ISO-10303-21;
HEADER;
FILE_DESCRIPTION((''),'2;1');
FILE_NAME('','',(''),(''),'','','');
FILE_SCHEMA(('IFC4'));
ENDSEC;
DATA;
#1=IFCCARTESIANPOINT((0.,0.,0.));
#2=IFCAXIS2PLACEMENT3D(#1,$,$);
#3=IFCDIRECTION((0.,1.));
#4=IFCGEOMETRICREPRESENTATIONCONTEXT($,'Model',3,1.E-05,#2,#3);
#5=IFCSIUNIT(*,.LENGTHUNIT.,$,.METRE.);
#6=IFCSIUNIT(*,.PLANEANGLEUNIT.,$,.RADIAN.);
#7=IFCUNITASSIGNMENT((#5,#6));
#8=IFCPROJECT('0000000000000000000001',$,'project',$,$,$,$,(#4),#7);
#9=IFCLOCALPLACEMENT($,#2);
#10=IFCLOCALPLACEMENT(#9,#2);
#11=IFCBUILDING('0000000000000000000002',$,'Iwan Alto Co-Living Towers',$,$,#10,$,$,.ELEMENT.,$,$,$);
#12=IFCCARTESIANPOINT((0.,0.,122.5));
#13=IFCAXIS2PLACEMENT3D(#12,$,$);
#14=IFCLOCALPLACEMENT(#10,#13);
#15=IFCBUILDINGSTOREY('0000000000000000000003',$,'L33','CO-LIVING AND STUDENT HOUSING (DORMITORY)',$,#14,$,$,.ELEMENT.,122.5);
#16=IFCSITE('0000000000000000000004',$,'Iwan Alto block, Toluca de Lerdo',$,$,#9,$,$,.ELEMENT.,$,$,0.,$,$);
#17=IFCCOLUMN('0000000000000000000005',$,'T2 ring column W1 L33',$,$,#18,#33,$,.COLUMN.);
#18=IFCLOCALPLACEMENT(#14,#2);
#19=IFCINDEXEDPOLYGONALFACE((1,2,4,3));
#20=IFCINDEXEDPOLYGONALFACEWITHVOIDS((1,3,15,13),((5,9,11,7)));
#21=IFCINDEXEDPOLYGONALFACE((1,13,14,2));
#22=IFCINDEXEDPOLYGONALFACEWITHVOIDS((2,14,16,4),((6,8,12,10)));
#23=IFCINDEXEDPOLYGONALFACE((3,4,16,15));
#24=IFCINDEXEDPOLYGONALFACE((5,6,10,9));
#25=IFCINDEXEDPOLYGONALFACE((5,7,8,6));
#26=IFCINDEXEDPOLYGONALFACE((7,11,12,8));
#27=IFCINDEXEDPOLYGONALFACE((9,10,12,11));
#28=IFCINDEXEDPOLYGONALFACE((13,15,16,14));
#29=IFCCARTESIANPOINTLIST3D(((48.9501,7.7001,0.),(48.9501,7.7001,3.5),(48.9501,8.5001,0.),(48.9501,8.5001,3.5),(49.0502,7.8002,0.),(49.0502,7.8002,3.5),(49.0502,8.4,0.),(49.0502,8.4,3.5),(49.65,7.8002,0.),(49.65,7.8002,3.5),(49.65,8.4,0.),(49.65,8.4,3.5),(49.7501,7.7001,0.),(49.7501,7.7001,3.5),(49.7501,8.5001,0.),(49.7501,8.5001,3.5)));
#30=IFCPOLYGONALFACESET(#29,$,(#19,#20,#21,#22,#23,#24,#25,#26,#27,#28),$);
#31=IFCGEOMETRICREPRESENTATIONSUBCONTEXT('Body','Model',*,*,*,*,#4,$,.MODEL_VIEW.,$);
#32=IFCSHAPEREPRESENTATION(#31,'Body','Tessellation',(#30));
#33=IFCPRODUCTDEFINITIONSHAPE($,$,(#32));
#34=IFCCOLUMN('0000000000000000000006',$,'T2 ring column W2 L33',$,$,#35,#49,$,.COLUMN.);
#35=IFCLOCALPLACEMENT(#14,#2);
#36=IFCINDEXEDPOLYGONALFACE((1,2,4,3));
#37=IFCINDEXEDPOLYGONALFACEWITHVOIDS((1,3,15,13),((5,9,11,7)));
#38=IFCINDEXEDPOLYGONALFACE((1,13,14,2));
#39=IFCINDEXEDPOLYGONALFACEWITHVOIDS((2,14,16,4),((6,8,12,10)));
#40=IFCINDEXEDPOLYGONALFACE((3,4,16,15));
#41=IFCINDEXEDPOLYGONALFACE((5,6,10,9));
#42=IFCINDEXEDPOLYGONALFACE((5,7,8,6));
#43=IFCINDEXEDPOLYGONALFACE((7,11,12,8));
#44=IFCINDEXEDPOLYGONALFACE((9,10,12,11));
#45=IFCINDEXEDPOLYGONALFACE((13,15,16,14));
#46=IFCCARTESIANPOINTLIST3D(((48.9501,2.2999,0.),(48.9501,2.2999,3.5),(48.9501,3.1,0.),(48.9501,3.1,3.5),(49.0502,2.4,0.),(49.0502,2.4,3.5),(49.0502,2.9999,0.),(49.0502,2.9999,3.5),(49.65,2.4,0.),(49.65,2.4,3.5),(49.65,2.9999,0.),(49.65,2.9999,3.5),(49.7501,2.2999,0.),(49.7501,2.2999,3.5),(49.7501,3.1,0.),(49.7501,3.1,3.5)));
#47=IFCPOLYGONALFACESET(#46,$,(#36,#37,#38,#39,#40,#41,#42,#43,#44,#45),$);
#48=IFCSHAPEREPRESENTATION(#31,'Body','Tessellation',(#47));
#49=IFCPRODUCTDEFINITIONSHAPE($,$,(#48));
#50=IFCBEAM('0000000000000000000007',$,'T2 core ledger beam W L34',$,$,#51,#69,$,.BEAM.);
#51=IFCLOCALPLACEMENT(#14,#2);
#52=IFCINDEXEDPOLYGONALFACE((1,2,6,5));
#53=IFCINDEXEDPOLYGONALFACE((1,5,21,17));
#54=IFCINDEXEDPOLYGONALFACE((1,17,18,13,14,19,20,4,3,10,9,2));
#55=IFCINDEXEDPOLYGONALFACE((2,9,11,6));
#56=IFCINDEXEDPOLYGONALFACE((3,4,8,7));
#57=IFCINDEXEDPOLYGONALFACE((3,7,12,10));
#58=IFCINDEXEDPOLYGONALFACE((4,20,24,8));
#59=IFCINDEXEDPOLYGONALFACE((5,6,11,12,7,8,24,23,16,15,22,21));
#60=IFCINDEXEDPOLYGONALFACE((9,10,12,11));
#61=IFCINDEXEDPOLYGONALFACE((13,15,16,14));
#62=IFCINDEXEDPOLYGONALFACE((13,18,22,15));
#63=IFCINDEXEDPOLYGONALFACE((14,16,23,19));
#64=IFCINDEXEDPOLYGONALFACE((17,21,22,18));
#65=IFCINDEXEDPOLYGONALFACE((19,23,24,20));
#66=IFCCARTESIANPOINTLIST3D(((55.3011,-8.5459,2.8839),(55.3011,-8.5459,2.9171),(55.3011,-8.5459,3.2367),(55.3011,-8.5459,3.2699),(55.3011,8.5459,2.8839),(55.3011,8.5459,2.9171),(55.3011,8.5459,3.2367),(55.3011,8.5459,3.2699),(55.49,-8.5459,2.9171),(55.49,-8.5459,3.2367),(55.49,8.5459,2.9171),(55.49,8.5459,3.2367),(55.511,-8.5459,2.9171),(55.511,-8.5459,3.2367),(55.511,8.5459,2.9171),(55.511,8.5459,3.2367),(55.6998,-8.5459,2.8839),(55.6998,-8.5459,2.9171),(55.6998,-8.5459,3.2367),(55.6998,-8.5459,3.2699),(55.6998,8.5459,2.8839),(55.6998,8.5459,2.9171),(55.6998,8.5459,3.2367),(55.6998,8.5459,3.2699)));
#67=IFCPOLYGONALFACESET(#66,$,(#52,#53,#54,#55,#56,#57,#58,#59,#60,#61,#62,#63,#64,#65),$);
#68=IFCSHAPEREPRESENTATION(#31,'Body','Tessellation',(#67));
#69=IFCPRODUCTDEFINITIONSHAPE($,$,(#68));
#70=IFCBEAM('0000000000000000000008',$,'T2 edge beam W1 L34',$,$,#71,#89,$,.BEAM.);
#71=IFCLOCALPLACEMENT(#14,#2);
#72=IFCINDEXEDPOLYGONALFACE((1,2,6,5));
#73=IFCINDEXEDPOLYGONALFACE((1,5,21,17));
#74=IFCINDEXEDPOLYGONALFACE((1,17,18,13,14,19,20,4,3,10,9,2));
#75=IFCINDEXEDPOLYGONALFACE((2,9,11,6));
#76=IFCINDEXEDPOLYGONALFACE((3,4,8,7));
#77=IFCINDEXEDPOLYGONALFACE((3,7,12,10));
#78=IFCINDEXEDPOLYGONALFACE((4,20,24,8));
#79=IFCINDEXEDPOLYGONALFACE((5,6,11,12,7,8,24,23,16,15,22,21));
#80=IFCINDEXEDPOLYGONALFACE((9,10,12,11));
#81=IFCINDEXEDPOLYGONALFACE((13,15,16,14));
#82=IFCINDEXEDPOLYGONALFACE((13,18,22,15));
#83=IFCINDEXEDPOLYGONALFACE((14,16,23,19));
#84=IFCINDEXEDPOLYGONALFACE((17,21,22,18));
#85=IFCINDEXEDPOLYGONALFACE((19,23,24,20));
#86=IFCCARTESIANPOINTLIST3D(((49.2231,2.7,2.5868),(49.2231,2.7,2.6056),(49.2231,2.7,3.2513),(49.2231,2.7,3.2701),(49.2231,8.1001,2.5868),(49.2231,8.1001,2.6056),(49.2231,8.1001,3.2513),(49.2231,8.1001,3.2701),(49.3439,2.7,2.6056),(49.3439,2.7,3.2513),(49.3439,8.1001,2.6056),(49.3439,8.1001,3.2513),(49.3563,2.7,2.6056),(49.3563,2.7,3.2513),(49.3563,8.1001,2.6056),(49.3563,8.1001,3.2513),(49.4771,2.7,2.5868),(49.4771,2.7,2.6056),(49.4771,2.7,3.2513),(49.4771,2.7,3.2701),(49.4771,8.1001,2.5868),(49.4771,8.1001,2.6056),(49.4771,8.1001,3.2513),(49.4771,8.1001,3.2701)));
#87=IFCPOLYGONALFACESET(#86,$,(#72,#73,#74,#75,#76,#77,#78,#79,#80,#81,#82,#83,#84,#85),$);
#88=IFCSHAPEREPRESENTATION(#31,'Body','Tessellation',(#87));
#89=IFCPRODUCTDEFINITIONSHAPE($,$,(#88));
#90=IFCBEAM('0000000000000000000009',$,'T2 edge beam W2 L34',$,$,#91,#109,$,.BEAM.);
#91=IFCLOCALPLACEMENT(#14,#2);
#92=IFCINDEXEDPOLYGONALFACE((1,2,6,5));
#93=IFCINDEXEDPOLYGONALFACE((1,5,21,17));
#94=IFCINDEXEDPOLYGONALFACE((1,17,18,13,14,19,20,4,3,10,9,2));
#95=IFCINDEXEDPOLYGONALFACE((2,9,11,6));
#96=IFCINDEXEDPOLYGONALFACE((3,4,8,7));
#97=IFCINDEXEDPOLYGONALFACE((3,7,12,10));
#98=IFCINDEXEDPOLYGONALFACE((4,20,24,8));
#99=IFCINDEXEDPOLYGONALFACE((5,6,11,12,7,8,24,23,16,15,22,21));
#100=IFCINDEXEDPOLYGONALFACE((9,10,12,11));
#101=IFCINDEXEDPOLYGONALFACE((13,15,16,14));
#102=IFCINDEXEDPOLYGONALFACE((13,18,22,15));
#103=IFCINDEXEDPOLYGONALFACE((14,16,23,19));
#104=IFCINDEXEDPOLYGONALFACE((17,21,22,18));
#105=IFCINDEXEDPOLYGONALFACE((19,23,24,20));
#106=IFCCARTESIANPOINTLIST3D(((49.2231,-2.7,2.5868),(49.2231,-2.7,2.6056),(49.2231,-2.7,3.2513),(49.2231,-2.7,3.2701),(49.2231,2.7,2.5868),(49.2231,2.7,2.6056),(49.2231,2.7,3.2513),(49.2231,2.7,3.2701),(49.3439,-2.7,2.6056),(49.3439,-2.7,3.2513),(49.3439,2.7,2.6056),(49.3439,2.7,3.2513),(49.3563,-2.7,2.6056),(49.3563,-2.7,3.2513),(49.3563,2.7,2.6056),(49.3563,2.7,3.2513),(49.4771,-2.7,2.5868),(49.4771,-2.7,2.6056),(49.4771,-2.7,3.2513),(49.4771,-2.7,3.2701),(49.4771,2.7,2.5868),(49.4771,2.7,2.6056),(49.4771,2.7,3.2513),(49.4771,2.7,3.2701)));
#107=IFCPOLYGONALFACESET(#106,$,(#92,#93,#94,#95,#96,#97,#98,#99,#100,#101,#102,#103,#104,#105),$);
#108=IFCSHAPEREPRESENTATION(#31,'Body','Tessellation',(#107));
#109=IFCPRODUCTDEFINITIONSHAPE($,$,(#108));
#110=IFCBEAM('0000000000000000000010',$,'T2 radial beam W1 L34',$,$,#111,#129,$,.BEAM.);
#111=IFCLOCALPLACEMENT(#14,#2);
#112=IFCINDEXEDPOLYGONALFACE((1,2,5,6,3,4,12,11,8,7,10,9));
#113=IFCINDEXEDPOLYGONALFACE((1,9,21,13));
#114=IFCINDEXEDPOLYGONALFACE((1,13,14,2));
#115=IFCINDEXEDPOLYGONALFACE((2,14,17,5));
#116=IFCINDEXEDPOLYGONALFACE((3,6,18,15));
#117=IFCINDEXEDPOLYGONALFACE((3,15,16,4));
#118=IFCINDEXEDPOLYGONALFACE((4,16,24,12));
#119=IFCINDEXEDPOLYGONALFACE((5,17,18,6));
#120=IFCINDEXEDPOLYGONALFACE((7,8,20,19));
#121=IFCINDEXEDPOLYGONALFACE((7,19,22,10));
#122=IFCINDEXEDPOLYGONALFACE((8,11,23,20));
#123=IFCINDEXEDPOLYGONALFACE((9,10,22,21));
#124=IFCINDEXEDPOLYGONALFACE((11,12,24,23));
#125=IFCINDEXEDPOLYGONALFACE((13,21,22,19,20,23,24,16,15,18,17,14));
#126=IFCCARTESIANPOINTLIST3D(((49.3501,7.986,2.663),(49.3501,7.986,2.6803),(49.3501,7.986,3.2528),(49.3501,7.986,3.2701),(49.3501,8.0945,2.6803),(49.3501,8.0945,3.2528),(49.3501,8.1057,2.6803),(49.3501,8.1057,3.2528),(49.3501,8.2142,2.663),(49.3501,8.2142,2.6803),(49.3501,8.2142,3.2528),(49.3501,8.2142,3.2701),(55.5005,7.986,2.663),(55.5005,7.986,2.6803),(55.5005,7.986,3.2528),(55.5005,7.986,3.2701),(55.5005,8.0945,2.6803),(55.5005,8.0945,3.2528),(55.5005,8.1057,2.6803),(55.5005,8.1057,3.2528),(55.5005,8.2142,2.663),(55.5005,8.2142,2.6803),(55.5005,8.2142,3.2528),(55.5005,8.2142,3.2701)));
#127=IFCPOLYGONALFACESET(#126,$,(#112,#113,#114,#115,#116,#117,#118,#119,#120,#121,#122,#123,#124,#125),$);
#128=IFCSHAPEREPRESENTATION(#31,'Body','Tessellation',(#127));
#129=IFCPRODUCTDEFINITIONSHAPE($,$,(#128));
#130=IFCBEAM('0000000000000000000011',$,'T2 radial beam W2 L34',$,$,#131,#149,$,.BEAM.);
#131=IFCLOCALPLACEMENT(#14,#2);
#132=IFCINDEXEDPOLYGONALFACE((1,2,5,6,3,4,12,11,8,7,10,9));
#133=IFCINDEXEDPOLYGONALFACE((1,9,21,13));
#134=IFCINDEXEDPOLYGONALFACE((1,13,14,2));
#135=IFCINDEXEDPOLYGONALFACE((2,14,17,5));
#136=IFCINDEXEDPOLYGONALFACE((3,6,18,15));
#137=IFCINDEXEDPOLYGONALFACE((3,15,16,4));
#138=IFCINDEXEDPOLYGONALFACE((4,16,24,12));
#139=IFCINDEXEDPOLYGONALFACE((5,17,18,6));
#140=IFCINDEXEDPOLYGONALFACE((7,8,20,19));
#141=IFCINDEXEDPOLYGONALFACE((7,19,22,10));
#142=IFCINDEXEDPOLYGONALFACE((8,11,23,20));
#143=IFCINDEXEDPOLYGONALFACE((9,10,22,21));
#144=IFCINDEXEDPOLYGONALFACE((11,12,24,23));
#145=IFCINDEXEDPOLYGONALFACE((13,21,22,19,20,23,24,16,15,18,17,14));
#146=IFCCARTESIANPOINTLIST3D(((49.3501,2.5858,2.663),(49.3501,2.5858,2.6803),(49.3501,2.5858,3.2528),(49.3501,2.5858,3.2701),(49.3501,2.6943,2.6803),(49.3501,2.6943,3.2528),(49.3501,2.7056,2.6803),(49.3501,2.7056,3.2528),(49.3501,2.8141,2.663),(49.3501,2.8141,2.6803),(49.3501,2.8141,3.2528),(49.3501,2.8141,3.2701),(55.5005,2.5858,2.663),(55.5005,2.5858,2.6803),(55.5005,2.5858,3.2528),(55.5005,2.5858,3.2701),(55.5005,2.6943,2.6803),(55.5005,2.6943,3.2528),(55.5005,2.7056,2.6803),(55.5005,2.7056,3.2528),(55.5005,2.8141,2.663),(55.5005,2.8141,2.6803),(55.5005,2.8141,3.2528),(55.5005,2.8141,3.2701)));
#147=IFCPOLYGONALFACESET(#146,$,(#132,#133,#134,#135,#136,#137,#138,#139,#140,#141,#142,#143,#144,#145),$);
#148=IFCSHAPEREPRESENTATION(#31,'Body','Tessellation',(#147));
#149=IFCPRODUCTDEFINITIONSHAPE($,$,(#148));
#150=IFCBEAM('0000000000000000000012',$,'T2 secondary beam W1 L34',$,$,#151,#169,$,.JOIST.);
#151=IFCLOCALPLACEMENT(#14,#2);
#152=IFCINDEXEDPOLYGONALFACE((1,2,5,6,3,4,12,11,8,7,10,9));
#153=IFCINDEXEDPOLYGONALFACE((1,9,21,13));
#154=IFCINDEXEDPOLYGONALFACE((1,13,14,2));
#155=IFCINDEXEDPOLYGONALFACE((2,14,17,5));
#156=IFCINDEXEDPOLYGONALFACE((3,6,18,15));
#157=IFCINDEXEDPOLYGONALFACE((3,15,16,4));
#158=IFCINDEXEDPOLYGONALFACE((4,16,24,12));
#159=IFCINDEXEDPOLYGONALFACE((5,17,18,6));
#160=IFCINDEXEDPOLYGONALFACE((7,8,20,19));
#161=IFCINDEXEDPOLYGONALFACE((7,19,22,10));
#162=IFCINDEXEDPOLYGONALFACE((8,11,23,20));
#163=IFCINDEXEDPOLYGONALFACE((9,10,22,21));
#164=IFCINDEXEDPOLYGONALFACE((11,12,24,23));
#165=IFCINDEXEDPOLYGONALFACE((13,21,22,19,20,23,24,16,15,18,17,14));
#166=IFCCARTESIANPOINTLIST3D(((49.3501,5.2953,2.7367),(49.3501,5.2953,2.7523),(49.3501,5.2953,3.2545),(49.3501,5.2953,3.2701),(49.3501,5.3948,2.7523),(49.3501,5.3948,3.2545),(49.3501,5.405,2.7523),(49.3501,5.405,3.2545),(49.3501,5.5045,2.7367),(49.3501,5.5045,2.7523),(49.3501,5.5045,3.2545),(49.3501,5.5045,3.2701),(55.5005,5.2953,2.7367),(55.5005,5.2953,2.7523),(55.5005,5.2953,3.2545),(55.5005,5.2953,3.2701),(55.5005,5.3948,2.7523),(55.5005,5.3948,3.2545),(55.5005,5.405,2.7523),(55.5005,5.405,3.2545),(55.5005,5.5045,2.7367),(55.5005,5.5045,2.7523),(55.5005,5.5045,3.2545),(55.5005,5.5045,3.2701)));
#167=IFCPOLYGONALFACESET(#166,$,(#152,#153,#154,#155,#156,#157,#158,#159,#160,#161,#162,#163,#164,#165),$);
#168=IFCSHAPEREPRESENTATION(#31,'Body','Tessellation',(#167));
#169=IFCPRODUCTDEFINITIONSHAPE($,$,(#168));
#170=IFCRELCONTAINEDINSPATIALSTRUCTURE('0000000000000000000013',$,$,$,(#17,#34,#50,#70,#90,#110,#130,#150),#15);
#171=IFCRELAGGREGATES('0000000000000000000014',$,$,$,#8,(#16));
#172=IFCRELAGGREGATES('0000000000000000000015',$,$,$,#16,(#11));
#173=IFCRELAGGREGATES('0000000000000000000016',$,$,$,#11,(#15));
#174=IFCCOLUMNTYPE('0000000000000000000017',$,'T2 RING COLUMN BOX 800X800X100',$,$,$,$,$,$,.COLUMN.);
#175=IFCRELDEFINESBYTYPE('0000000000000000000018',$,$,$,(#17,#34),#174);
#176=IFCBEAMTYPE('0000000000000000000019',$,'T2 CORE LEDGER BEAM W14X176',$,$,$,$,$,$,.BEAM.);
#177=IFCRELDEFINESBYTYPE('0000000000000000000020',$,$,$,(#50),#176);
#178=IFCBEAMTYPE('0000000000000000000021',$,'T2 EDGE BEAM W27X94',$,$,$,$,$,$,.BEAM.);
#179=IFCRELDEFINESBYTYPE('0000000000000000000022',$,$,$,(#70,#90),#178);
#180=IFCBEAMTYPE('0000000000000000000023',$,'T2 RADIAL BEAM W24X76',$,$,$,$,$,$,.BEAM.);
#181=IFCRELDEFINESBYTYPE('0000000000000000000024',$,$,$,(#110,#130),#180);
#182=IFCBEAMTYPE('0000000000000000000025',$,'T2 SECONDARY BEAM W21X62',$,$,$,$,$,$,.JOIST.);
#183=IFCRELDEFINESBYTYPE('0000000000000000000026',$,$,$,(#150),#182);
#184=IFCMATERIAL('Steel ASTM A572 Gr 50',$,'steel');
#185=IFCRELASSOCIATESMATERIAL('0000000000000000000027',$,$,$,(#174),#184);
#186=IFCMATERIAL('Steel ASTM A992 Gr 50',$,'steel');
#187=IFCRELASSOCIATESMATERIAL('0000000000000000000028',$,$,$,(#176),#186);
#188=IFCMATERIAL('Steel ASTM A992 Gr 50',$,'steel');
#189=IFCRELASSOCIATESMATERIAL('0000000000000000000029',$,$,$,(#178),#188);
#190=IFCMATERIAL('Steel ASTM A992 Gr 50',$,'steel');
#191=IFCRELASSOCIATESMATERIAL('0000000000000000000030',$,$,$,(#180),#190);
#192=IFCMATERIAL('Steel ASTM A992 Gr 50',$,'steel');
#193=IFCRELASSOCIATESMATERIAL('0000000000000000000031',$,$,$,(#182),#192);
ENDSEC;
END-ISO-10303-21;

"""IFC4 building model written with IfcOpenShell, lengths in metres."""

from ifc_helpers import new_model, si_unit, direction, frame, origin, origin_2d, place, context, subcontext, project, spatial, hollow_rectangle, i_section, extrude, material, material_profile, profile_set, type_object, element, save


model = new_model("IFC4")

# Units and contexts
model_context = context("Model", 3, precision=1e-05, world=origin(), true_north=direction((0.0, 1.0)))
body_context = subcontext(model_context, "Body", "Model", "MODEL_VIEW")
ifc_project = project(units=[si_unit("LENGTHUNIT", "METRE"), si_unit("PLANEANGLEUNIT", "RADIAN")], contexts=[model_context])

# Site, building, storey
site_placement = place(None, origin())
site = spatial("IfcSite", under=ifc_project, at=site_placement, Name="Iwan Alto block, Toluca de Lerdo", CompositionType="ELEMENT", RefElevation=0.0)
building_placement = place(site_placement, origin())
building = spatial("IfcBuilding", under=site, at=building_placement, Name="Iwan Alto Co-Living Towers", CompositionType="ELEMENT")
storey_placement = place(building_placement, frame((0.0, 0.0, 122.5)))
storey = spatial("IfcBuildingStorey", under=building, at=storey_placement, Name="L33", Description="CO-LIVING AND STUDENT HOUSING (DORMITORY)", CompositionType="ELEMENT", Elevation=122.5)

# Columns
ifc_material_1 = material(Name="Steel ASTM A572 Gr 50", Category="steel")
ifc_material_profile_1 = material_profile(ifc_material_1, hollow_rectangle(XDim=0.8, YDim=0.8, WallThickness=0.1001, at=origin_2d()), Name="BOX 800X800X100")
ifc_profile_set_1 = profile_set([ifc_material_profile_1], Name="Steel ASTM A572 Gr 50")
column_type = type_object("IfcColumnType", Name="T2 RING COLUMN BOX 800X800X100", PredefinedType="COLUMN", material=ifc_profile_set_1)
for number, where, z_axis, x_axis, name in (
    (1, (49.3501, 8.1001, 0.0), (0.0, 0.0, 1.0), (1.0, 0.0, 0.0), "T2 ring column W1 L33"),
    (2, (49.3501, 2.7, 0.0), (0.0, 0.0, 1.0), (1.0, 0.0, 0.0), "T2 ring column W2 L33"),
):
    element("IfcColumn", number, at=place(storey_placement, frame(where, z_axis=z_axis, x_axis=x_axis)), inside=storey, type_object=column_type, Name=name, PredefinedType="COLUMN", context=body_context, shape_type="SweptSolid", body=[
        extrude(hollow_rectangle(XDim=0.8, YDim=0.8, WallThickness=0.1001, at=origin_2d()), origin(), (0.0, 0.0, 1.0), 3.5),
    ])

# Beams
ifc_material_2 = material(Name="Steel ASTM A992 Gr 50", Category="steel")
ifc_material_profile_2 = material_profile(ifc_material_2, i_section(OverallWidth=0.3987, OverallDepth=0.386, WebThickness=0.021, FlangeThickness=0.0332, at=origin_2d()), Name="W14X176")
ifc_profile_set_2 = profile_set([ifc_material_profile_2], Name="Steel ASTM A992 Gr 50")
beam_type_1 = type_object("IfcBeamType", Name="T2 CORE LEDGER BEAM W14X176", PredefinedType="BEAM", material=ifc_profile_set_2)
beam_1_placement = place(storey_placement, frame((55.5005, 8.5459, 3.0769), z_axis=(0.0, -1.0, 0.0), x_axis=(1.0, 0.0, 0.0)))
element("IfcBeam", 3, at=beam_1_placement, inside=storey, type_object=beam_type_1, Name="T2 core ledger beam W L34", PredefinedType="BEAM", context=body_context, shape_type="SweptSolid", body=[
    extrude(i_section(OverallWidth=0.3987, OverallDepth=0.386, WebThickness=0.021, FlangeThickness=0.0332, at=origin_2d()), origin(), (0.0, 0.0, 1.0), 17.0918),
])
ifc_material_3 = material(Name="Steel ASTM A992 Gr 50", Category="steel")
ifc_material_profile_3 = material_profile(ifc_material_3, i_section(OverallWidth=0.2539, OverallDepth=0.6833, WebThickness=0.0125, FlangeThickness=0.0188, at=origin_2d()), Name="W27X94")
ifc_profile_set_3 = profile_set([ifc_material_profile_3], Name="Steel ASTM A992 Gr 50")
beam_type_2 = type_object("IfcBeamType", Name="T2 EDGE BEAM W27X94", PredefinedType="BEAM", material=ifc_profile_set_3)
beam_2_placement = place(storey_placement, frame((49.3501, 8.1001, 2.9285), z_axis=(0.0, -1.0, 0.0), x_axis=(1.0, 0.0, 0.0)))
element("IfcBeam", 4, at=beam_2_placement, inside=storey, type_object=beam_type_2, Name="T2 edge beam W1 L34", PredefinedType="BEAM", context=body_context, shape_type="SweptSolid", body=[
    extrude(i_section(OverallWidth=0.2539, OverallDepth=0.6833, WebThickness=0.0125, FlangeThickness=0.0188, at=origin_2d()), origin(), (0.0, 0.0, 1.0), 5.4001),
])
beam_3_placement = place(storey_placement, frame((49.3501, 2.7, 2.9285), z_axis=(0.0, -1.0, 0.0), x_axis=(1.0, 0.0, 0.0)))
element("IfcBeam", 5, at=beam_3_placement, inside=storey, type_object=beam_type_2, Name="T2 edge beam W2 L34", PredefinedType="BEAM", context=body_context, shape_type="SweptSolid", body=[
    extrude(i_section(OverallWidth=0.2539, OverallDepth=0.6833, WebThickness=0.0125, FlangeThickness=0.0188, at=origin_2d()), origin(), (0.0, 0.0, 1.0), 5.3999),
])
ifc_material_4 = material(Name="Steel ASTM A992 Gr 50", Category="steel")
ifc_material_profile_4 = material_profile(ifc_material_4, i_section(OverallWidth=0.2283, OverallDepth=0.6072, WebThickness=0.0112, FlangeThickness=0.0173, at=origin_2d()), Name="W24X76")
ifc_profile_set_4 = profile_set([ifc_material_profile_4], Name="Steel ASTM A992 Gr 50")
beam_type_3 = type_object("IfcBeamType", Name="T2 RADIAL BEAM W24X76", PredefinedType="BEAM", material=ifc_profile_set_4)
for number, where, z_axis, x_axis, name in (
    (6, (49.3501, 8.1001, 2.9666), (1.0, 0.0, 0.0), (0.0, 1.0, 0.0), "T2 radial beam W1 L34"),
    (7, (49.3501, 2.7, 2.9666), (1.0, 0.0, 0.0), (0.0, 1.0, 0.0), "T2 radial beam W2 L34"),
):
    element("IfcBeam", number, at=place(storey_placement, frame(where, z_axis=z_axis, x_axis=x_axis)), inside=storey, type_object=beam_type_3, Name=name, PredefinedType="BEAM", context=body_context, shape_type="SweptSolid", body=[
        extrude(i_section(OverallWidth=0.2283, OverallDepth=0.6072, WebThickness=0.0112, FlangeThickness=0.0173, at=origin_2d()), origin(), (0.0, 0.0, 1.0), 6.1504),
    ])
ifc_material_5 = material(Name="Steel ASTM A992 Gr 50", Category="steel")
ifc_material_profile_5 = material_profile(ifc_material_5, i_section(OverallWidth=0.2092, OverallDepth=0.5334, WebThickness=0.0103, FlangeThickness=0.0156, at=origin_2d()), Name="W21X62")
ifc_profile_set_5 = profile_set([ifc_material_profile_5], Name="Steel ASTM A992 Gr 50")
beam_type_4 = type_object("IfcBeamType", Name="T2 SECONDARY BEAM W21X62", PredefinedType="JOIST", material=ifc_profile_set_5)
beam_4_placement = place(storey_placement, frame((49.3501, 5.3999, 3.0034), z_axis=(1.0, 0.0, 0.0), x_axis=(0.0, 1.0, 0.0)))
element("IfcBeam", 8, at=beam_4_placement, inside=storey, type_object=beam_type_4, Name="T2 secondary beam W1 L34", PredefinedType="JOIST", context=body_context, shape_type="SweptSolid", body=[
    extrude(i_section(OverallWidth=0.2092, OverallDepth=0.5334, WebThickness=0.0103, FlangeThickness=0.0156, at=origin_2d()), origin(), (0.0, 0.0, 1.0), 6.1504),
])

save(model, "model.ifc")
